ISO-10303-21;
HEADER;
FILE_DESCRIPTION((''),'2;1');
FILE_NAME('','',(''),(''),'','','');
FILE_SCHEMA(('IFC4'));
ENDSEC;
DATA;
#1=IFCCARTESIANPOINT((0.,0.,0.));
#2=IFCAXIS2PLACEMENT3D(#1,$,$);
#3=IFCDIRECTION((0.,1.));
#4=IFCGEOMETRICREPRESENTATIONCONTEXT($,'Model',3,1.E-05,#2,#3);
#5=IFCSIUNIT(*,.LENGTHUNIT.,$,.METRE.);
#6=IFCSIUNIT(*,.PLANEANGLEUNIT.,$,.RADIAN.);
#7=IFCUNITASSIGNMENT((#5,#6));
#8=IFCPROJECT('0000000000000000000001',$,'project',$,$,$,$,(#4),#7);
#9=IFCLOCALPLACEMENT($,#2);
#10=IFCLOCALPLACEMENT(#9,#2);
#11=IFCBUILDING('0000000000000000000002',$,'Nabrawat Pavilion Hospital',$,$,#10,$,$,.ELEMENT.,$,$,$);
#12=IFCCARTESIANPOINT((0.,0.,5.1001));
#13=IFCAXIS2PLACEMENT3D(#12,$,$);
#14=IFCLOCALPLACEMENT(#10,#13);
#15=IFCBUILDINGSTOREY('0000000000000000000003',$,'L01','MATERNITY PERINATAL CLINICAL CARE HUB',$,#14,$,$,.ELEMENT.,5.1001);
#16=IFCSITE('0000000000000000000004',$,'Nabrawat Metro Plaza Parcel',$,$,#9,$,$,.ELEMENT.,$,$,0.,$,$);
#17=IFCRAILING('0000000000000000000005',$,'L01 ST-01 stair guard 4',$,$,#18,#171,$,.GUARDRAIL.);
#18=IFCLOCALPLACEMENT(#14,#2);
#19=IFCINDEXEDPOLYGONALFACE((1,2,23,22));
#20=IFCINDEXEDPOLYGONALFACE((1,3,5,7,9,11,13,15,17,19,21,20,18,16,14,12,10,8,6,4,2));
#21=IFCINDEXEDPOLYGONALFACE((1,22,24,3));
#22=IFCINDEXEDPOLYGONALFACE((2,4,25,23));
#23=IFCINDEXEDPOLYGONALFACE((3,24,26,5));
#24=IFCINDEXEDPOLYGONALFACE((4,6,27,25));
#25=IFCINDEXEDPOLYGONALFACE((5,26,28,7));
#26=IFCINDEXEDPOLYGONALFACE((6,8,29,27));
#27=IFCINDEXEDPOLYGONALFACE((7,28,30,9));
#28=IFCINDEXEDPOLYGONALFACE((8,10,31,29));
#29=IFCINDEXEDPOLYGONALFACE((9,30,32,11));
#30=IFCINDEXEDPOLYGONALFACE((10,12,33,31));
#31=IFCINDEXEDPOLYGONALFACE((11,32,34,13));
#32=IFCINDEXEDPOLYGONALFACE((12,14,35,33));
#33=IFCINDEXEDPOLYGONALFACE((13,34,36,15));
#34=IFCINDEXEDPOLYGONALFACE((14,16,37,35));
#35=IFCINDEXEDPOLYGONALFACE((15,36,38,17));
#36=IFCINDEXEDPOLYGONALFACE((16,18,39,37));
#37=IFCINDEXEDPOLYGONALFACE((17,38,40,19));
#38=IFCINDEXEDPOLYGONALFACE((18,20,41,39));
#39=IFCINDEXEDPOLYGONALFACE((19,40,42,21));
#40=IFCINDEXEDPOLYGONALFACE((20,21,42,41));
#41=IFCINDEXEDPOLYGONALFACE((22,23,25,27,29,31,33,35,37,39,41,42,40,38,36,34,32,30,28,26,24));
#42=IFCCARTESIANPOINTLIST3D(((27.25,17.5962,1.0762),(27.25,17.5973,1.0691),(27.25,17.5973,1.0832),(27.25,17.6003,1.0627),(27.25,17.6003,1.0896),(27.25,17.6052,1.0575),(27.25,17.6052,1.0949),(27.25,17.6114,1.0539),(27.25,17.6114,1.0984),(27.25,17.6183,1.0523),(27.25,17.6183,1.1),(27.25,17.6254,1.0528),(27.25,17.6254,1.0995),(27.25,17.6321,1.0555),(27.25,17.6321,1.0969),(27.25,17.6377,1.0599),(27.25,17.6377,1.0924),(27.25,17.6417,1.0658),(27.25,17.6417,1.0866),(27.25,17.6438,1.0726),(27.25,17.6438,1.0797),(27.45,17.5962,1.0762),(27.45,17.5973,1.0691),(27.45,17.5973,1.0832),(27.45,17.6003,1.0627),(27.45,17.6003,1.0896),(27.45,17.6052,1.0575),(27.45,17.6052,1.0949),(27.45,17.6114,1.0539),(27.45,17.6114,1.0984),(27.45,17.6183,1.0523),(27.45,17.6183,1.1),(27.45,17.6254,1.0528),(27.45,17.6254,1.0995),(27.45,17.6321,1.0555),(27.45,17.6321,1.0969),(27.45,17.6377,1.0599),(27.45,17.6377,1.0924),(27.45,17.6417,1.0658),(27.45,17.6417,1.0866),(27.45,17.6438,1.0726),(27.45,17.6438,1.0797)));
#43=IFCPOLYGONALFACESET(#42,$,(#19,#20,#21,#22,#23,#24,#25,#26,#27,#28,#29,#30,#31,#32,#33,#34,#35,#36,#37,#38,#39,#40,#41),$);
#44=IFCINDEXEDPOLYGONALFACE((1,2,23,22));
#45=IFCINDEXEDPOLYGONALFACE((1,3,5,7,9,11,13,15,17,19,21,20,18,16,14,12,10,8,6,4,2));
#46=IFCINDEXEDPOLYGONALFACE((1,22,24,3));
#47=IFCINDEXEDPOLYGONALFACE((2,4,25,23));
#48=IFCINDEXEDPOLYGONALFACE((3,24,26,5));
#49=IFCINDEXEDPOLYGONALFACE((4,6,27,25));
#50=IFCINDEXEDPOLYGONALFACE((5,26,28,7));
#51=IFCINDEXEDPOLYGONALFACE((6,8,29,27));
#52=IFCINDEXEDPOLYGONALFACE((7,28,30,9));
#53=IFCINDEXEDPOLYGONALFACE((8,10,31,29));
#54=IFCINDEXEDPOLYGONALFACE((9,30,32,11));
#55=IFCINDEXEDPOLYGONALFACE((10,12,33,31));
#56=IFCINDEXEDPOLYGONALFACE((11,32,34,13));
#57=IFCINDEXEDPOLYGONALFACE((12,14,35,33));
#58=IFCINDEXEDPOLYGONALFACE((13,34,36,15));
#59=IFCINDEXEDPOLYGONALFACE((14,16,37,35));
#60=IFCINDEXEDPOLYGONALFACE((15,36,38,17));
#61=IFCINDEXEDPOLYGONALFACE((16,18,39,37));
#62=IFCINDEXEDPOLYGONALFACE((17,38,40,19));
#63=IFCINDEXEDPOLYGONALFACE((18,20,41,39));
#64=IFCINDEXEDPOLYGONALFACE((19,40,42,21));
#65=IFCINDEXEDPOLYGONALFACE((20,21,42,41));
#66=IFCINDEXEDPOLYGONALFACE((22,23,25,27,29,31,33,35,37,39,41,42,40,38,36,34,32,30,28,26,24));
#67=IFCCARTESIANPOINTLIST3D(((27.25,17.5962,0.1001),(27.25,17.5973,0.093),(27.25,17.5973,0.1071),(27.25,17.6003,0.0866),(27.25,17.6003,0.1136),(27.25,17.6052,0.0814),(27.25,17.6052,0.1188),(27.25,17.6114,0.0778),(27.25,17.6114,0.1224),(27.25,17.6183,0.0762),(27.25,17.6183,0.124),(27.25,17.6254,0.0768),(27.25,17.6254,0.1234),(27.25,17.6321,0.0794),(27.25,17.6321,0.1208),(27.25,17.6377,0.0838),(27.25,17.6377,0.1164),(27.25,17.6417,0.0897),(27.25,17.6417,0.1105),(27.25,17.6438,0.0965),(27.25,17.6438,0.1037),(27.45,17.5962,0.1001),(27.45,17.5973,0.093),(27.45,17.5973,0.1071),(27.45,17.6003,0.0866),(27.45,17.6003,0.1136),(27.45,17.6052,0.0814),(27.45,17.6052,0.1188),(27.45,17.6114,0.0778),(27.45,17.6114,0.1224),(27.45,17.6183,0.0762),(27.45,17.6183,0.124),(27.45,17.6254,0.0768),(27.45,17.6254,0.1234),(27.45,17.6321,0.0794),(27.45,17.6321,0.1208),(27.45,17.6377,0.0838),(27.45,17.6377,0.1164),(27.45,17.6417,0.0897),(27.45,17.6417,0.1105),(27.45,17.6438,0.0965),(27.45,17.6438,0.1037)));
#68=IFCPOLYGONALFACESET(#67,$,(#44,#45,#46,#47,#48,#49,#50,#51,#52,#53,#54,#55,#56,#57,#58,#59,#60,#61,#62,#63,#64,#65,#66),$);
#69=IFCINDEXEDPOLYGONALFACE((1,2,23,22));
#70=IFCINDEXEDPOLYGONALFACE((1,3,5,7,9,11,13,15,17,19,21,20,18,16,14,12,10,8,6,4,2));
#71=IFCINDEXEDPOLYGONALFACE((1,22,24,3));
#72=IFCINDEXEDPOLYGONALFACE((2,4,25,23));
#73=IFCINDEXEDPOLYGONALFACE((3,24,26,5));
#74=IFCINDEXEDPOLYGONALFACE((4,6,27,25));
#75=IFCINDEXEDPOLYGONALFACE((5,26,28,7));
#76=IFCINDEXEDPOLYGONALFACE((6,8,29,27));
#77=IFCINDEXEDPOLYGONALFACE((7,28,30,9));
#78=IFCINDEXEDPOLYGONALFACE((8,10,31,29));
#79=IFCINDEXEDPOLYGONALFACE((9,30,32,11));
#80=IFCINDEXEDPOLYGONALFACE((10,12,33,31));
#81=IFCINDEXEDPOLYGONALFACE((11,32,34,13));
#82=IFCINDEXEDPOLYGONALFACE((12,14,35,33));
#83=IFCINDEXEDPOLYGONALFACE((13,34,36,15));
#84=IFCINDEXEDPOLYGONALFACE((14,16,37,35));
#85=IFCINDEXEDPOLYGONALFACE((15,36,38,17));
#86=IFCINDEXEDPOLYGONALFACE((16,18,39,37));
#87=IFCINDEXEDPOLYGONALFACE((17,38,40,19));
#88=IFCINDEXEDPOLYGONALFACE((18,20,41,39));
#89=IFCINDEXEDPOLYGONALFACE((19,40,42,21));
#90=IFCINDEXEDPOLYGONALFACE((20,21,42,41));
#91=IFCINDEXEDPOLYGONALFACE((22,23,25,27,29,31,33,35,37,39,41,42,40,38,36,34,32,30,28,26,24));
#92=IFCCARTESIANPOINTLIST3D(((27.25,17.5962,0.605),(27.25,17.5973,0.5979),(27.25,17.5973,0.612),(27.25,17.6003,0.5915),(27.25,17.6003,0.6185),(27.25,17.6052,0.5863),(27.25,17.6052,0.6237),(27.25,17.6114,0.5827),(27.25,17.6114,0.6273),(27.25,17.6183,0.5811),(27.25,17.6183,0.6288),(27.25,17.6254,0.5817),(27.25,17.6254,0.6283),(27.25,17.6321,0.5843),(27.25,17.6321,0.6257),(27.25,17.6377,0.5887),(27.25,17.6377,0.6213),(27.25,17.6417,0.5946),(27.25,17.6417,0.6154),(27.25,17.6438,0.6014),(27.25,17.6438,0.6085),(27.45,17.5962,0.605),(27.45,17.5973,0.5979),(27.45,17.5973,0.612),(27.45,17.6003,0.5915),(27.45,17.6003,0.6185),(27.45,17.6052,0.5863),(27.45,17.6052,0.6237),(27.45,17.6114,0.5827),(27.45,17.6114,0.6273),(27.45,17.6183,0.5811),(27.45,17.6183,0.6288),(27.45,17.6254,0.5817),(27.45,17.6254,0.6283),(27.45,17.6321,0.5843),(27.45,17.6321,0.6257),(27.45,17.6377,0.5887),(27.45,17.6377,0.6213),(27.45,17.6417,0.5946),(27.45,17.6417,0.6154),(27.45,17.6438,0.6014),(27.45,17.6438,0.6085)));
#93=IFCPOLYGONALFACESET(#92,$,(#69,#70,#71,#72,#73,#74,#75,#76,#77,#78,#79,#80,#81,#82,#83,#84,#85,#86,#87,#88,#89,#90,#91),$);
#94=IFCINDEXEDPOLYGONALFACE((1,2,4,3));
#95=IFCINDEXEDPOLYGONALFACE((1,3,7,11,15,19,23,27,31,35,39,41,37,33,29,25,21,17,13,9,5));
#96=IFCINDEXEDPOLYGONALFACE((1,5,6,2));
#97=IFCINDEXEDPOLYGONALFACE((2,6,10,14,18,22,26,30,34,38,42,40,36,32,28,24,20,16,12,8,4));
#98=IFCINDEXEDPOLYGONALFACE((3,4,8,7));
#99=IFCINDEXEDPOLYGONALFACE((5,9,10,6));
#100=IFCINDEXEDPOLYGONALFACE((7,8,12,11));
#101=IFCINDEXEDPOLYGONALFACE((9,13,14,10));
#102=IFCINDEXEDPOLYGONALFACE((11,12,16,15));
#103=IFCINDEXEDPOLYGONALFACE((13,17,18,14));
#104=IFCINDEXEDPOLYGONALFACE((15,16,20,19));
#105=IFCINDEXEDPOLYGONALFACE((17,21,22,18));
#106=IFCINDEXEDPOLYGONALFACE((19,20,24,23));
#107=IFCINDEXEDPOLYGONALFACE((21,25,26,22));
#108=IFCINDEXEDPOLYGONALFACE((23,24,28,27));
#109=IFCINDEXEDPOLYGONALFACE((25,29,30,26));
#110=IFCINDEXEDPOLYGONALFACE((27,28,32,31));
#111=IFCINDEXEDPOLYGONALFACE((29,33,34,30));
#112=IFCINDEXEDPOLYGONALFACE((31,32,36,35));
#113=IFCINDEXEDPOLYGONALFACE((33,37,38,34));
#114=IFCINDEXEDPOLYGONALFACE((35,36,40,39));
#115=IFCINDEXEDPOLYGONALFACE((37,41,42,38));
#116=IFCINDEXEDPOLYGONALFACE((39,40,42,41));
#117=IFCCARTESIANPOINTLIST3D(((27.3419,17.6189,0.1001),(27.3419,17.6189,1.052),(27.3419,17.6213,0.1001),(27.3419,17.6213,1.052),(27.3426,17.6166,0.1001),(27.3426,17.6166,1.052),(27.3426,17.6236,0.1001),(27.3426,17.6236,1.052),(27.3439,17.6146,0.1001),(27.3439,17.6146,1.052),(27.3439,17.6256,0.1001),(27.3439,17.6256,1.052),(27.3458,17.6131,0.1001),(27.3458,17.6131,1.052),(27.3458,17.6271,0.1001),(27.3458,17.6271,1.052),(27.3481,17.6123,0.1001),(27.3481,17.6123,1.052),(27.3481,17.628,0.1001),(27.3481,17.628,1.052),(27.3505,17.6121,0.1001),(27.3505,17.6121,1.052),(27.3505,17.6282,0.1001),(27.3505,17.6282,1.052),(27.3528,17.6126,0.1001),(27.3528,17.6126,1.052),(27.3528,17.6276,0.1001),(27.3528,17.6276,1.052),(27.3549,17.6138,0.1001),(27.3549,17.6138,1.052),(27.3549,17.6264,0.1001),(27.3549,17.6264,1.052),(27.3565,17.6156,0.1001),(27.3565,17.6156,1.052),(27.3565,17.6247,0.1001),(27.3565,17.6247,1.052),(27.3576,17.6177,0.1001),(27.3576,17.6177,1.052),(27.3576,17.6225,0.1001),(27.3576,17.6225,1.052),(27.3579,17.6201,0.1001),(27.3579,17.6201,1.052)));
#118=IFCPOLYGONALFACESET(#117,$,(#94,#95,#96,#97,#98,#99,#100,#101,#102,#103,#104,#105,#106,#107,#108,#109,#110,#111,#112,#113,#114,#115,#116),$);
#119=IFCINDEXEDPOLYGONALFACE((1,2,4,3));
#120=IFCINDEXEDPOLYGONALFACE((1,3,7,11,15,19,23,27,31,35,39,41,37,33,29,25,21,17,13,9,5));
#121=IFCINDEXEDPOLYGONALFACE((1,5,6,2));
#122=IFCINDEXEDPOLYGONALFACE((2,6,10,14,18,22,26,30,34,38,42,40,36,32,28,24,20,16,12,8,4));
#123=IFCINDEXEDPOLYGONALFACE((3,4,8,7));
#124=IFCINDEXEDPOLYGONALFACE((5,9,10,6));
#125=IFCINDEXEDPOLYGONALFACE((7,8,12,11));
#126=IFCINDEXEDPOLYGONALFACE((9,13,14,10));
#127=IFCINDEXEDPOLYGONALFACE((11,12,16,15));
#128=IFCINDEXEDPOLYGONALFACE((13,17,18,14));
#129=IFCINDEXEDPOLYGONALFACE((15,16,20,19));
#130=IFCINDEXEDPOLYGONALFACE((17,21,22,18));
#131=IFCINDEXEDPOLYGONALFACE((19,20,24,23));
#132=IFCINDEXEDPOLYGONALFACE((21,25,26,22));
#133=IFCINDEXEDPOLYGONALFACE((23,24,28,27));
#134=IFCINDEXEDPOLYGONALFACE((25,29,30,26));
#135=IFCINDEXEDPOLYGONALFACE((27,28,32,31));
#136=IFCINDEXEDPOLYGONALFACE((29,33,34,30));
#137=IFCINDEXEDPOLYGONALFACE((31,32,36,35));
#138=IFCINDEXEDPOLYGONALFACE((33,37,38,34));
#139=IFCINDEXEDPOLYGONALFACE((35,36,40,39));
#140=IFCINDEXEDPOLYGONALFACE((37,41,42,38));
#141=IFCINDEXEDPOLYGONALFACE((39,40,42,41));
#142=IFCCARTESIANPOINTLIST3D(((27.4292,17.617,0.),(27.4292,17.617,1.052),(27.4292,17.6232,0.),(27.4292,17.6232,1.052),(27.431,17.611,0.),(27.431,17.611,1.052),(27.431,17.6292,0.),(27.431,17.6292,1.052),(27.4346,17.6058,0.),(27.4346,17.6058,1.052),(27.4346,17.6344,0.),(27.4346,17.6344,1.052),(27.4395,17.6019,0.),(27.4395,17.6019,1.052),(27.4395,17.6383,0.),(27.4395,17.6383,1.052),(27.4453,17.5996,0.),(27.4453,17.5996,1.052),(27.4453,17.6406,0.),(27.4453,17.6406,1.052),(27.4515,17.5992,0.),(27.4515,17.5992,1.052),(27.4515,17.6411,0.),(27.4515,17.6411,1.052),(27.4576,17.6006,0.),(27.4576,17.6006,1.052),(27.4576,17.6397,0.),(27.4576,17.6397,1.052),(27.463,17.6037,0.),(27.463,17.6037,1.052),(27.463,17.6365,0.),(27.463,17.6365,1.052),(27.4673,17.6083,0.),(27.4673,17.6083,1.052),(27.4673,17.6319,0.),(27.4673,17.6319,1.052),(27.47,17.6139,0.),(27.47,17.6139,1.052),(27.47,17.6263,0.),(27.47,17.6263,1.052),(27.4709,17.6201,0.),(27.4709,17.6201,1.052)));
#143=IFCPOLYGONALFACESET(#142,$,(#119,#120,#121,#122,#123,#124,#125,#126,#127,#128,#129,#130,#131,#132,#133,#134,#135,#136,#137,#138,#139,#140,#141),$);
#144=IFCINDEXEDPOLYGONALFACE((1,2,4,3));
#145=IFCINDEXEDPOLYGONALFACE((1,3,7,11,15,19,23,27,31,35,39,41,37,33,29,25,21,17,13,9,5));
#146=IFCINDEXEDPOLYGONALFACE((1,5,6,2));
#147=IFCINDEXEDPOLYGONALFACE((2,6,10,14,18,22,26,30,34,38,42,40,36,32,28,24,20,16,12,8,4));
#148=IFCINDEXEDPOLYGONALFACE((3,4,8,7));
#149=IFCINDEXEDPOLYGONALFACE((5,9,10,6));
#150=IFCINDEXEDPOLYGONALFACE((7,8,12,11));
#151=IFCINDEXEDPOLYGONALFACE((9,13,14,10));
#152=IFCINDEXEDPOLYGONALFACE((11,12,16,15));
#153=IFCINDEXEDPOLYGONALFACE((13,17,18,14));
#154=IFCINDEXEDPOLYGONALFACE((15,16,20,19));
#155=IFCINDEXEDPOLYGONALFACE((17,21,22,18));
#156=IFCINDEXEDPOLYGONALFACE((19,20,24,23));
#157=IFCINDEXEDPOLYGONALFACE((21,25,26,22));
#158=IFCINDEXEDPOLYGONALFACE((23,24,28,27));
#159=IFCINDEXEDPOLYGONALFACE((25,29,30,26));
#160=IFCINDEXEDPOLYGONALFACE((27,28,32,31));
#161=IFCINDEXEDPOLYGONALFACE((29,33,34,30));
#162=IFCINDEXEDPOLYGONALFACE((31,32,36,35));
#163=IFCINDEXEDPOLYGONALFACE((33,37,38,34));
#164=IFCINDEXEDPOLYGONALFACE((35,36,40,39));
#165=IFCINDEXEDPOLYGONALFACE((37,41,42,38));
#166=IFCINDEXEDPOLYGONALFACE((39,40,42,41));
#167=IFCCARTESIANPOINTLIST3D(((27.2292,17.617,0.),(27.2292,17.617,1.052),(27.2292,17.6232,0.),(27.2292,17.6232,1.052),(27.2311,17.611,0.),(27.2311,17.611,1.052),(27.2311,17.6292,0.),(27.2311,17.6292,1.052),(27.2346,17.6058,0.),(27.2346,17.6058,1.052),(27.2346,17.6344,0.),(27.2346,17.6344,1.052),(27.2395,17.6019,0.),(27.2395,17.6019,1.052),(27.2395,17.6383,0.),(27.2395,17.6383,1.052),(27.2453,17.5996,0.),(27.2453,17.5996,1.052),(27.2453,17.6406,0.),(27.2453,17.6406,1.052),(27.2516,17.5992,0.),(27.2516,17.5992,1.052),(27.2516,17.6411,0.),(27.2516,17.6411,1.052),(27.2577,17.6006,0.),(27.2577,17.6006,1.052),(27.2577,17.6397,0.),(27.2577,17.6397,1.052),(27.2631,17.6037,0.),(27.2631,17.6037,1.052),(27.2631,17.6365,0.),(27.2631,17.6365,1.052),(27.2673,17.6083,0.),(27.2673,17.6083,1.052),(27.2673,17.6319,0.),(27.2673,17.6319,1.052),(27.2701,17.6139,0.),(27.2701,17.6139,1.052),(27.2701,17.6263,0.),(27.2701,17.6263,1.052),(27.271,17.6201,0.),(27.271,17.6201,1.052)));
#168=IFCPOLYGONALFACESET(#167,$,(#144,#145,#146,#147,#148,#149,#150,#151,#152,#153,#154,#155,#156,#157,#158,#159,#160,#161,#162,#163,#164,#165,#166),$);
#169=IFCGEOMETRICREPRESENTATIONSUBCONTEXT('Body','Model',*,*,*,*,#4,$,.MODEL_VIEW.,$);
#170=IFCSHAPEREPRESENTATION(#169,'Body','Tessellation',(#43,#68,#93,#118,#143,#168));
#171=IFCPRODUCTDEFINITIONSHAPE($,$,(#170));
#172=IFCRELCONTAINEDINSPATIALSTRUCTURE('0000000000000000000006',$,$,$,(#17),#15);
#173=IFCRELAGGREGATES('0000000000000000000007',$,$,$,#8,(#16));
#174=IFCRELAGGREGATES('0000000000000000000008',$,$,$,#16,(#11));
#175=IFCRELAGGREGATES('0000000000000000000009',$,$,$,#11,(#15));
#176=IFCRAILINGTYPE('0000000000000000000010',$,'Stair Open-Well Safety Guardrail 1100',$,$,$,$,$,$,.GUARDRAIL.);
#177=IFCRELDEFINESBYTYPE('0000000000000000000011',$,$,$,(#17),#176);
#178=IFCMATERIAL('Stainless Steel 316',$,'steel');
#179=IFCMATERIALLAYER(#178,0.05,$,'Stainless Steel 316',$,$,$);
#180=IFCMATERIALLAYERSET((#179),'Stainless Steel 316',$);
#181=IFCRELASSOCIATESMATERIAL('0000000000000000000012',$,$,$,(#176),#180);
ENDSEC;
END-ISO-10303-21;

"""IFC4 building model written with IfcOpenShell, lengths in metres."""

from ifc_helpers import new_model, si_unit, direction, frame, origin, origin_2d, place, context, subcontext, project, spatial, circle, extrude, material, layer, layer_set, type_object, element, save


model = new_model("IFC4")

# Units and contexts
model_context = context("Model", 3, precision=1e-05, world=origin(), true_north=direction((0.0, 1.0)))
body_context = subcontext(model_context, "Body", "Model", "MODEL_VIEW")
ifc_project = project(units=[si_unit("LENGTHUNIT", "METRE"), si_unit("PLANEANGLEUNIT", "RADIAN")], contexts=[model_context])

# Site, building, storey
site_placement = place(None, origin())
site = spatial("IfcSite", under=ifc_project, at=site_placement, Name="Nabrawat Metro Plaza Parcel", CompositionType="ELEMENT", RefElevation=0.0)
building_placement = place(site_placement, origin())
building = spatial("IfcBuilding", under=site, at=building_placement, Name="Nabrawat Pavilion Hospital", CompositionType="ELEMENT")
storey_placement = place(building_placement, frame((0.0, 0.0, 5.1001)))
storey = spatial("IfcBuildingStorey", under=building, at=storey_placement, Name="L01", Description="MATERNITY PERINATAL CLINICAL CARE HUB", CompositionType="ELEMENT", Elevation=5.1001)

# Railing
ifc_material_1 = material(Name="Stainless Steel 316", Category="steel")
ifc_layer_1 = layer(ifc_material_1, 0.05, Name="Stainless Steel 316")
ifc_layer_set_1 = layer_set([ifc_layer_1], Name="Stainless Steel 316")
railing_type_1 = type_object("IfcRailingType", Name="Stair Open-Well Safety Guardrail 1100", PredefinedType="GUARDRAIL", material=ifc_layer_set_1)
railing_1_placement = place(storey_placement, frame((27.45, 17.6201, 0.0)))
element("IfcRailing", 1, at=railing_1_placement, inside=storey, type_object=railing_type_1, Name="L01 ST-01 stair guard 4", PredefinedType="GUARDRAIL", context=body_context, shape_type="SweptSolid", body=[
    extrude(circle(Radius=0.0239, at=origin_2d()), frame((0.0, 0.0, 1.0762), z_axis=(-1.0, 0.0, 0.0), x_axis=(0.0, -1.0, 0.0)), (0.0, 0.0, 1.0), 0.2),
    extrude(circle(Radius=0.0239, at=origin_2d()), frame((0.0, 0.0, 0.1001), z_axis=(-1.0, 0.0, 0.0), x_axis=(0.0, -1.0, 0.0)), (0.0, 0.0, 1.0), 0.2),
    extrude(circle(Radius=0.0239, at=origin_2d()), frame((0.0, 0.0, 0.605), z_axis=(-1.0, 0.0, 0.0), x_axis=(0.0, -1.0, 0.0)), (0.0, 0.0, 1.0), 0.2),
    extrude(circle(Radius=0.0081, at=origin_2d()), frame((-0.1001, 0.0, 0.1001)), (0.0, 0.0, 1.0), 0.9519),
    extrude(circle(Radius=0.021, at=origin_2d()), origin(), (0.0, 0.0, 1.0), 1.052),
    extrude(circle(Radius=0.021, at=origin_2d()), frame((-0.2, 0.0, 0.0)), (0.0, 0.0, 1.0), 1.052),
])

save(model, "model.ifc")
